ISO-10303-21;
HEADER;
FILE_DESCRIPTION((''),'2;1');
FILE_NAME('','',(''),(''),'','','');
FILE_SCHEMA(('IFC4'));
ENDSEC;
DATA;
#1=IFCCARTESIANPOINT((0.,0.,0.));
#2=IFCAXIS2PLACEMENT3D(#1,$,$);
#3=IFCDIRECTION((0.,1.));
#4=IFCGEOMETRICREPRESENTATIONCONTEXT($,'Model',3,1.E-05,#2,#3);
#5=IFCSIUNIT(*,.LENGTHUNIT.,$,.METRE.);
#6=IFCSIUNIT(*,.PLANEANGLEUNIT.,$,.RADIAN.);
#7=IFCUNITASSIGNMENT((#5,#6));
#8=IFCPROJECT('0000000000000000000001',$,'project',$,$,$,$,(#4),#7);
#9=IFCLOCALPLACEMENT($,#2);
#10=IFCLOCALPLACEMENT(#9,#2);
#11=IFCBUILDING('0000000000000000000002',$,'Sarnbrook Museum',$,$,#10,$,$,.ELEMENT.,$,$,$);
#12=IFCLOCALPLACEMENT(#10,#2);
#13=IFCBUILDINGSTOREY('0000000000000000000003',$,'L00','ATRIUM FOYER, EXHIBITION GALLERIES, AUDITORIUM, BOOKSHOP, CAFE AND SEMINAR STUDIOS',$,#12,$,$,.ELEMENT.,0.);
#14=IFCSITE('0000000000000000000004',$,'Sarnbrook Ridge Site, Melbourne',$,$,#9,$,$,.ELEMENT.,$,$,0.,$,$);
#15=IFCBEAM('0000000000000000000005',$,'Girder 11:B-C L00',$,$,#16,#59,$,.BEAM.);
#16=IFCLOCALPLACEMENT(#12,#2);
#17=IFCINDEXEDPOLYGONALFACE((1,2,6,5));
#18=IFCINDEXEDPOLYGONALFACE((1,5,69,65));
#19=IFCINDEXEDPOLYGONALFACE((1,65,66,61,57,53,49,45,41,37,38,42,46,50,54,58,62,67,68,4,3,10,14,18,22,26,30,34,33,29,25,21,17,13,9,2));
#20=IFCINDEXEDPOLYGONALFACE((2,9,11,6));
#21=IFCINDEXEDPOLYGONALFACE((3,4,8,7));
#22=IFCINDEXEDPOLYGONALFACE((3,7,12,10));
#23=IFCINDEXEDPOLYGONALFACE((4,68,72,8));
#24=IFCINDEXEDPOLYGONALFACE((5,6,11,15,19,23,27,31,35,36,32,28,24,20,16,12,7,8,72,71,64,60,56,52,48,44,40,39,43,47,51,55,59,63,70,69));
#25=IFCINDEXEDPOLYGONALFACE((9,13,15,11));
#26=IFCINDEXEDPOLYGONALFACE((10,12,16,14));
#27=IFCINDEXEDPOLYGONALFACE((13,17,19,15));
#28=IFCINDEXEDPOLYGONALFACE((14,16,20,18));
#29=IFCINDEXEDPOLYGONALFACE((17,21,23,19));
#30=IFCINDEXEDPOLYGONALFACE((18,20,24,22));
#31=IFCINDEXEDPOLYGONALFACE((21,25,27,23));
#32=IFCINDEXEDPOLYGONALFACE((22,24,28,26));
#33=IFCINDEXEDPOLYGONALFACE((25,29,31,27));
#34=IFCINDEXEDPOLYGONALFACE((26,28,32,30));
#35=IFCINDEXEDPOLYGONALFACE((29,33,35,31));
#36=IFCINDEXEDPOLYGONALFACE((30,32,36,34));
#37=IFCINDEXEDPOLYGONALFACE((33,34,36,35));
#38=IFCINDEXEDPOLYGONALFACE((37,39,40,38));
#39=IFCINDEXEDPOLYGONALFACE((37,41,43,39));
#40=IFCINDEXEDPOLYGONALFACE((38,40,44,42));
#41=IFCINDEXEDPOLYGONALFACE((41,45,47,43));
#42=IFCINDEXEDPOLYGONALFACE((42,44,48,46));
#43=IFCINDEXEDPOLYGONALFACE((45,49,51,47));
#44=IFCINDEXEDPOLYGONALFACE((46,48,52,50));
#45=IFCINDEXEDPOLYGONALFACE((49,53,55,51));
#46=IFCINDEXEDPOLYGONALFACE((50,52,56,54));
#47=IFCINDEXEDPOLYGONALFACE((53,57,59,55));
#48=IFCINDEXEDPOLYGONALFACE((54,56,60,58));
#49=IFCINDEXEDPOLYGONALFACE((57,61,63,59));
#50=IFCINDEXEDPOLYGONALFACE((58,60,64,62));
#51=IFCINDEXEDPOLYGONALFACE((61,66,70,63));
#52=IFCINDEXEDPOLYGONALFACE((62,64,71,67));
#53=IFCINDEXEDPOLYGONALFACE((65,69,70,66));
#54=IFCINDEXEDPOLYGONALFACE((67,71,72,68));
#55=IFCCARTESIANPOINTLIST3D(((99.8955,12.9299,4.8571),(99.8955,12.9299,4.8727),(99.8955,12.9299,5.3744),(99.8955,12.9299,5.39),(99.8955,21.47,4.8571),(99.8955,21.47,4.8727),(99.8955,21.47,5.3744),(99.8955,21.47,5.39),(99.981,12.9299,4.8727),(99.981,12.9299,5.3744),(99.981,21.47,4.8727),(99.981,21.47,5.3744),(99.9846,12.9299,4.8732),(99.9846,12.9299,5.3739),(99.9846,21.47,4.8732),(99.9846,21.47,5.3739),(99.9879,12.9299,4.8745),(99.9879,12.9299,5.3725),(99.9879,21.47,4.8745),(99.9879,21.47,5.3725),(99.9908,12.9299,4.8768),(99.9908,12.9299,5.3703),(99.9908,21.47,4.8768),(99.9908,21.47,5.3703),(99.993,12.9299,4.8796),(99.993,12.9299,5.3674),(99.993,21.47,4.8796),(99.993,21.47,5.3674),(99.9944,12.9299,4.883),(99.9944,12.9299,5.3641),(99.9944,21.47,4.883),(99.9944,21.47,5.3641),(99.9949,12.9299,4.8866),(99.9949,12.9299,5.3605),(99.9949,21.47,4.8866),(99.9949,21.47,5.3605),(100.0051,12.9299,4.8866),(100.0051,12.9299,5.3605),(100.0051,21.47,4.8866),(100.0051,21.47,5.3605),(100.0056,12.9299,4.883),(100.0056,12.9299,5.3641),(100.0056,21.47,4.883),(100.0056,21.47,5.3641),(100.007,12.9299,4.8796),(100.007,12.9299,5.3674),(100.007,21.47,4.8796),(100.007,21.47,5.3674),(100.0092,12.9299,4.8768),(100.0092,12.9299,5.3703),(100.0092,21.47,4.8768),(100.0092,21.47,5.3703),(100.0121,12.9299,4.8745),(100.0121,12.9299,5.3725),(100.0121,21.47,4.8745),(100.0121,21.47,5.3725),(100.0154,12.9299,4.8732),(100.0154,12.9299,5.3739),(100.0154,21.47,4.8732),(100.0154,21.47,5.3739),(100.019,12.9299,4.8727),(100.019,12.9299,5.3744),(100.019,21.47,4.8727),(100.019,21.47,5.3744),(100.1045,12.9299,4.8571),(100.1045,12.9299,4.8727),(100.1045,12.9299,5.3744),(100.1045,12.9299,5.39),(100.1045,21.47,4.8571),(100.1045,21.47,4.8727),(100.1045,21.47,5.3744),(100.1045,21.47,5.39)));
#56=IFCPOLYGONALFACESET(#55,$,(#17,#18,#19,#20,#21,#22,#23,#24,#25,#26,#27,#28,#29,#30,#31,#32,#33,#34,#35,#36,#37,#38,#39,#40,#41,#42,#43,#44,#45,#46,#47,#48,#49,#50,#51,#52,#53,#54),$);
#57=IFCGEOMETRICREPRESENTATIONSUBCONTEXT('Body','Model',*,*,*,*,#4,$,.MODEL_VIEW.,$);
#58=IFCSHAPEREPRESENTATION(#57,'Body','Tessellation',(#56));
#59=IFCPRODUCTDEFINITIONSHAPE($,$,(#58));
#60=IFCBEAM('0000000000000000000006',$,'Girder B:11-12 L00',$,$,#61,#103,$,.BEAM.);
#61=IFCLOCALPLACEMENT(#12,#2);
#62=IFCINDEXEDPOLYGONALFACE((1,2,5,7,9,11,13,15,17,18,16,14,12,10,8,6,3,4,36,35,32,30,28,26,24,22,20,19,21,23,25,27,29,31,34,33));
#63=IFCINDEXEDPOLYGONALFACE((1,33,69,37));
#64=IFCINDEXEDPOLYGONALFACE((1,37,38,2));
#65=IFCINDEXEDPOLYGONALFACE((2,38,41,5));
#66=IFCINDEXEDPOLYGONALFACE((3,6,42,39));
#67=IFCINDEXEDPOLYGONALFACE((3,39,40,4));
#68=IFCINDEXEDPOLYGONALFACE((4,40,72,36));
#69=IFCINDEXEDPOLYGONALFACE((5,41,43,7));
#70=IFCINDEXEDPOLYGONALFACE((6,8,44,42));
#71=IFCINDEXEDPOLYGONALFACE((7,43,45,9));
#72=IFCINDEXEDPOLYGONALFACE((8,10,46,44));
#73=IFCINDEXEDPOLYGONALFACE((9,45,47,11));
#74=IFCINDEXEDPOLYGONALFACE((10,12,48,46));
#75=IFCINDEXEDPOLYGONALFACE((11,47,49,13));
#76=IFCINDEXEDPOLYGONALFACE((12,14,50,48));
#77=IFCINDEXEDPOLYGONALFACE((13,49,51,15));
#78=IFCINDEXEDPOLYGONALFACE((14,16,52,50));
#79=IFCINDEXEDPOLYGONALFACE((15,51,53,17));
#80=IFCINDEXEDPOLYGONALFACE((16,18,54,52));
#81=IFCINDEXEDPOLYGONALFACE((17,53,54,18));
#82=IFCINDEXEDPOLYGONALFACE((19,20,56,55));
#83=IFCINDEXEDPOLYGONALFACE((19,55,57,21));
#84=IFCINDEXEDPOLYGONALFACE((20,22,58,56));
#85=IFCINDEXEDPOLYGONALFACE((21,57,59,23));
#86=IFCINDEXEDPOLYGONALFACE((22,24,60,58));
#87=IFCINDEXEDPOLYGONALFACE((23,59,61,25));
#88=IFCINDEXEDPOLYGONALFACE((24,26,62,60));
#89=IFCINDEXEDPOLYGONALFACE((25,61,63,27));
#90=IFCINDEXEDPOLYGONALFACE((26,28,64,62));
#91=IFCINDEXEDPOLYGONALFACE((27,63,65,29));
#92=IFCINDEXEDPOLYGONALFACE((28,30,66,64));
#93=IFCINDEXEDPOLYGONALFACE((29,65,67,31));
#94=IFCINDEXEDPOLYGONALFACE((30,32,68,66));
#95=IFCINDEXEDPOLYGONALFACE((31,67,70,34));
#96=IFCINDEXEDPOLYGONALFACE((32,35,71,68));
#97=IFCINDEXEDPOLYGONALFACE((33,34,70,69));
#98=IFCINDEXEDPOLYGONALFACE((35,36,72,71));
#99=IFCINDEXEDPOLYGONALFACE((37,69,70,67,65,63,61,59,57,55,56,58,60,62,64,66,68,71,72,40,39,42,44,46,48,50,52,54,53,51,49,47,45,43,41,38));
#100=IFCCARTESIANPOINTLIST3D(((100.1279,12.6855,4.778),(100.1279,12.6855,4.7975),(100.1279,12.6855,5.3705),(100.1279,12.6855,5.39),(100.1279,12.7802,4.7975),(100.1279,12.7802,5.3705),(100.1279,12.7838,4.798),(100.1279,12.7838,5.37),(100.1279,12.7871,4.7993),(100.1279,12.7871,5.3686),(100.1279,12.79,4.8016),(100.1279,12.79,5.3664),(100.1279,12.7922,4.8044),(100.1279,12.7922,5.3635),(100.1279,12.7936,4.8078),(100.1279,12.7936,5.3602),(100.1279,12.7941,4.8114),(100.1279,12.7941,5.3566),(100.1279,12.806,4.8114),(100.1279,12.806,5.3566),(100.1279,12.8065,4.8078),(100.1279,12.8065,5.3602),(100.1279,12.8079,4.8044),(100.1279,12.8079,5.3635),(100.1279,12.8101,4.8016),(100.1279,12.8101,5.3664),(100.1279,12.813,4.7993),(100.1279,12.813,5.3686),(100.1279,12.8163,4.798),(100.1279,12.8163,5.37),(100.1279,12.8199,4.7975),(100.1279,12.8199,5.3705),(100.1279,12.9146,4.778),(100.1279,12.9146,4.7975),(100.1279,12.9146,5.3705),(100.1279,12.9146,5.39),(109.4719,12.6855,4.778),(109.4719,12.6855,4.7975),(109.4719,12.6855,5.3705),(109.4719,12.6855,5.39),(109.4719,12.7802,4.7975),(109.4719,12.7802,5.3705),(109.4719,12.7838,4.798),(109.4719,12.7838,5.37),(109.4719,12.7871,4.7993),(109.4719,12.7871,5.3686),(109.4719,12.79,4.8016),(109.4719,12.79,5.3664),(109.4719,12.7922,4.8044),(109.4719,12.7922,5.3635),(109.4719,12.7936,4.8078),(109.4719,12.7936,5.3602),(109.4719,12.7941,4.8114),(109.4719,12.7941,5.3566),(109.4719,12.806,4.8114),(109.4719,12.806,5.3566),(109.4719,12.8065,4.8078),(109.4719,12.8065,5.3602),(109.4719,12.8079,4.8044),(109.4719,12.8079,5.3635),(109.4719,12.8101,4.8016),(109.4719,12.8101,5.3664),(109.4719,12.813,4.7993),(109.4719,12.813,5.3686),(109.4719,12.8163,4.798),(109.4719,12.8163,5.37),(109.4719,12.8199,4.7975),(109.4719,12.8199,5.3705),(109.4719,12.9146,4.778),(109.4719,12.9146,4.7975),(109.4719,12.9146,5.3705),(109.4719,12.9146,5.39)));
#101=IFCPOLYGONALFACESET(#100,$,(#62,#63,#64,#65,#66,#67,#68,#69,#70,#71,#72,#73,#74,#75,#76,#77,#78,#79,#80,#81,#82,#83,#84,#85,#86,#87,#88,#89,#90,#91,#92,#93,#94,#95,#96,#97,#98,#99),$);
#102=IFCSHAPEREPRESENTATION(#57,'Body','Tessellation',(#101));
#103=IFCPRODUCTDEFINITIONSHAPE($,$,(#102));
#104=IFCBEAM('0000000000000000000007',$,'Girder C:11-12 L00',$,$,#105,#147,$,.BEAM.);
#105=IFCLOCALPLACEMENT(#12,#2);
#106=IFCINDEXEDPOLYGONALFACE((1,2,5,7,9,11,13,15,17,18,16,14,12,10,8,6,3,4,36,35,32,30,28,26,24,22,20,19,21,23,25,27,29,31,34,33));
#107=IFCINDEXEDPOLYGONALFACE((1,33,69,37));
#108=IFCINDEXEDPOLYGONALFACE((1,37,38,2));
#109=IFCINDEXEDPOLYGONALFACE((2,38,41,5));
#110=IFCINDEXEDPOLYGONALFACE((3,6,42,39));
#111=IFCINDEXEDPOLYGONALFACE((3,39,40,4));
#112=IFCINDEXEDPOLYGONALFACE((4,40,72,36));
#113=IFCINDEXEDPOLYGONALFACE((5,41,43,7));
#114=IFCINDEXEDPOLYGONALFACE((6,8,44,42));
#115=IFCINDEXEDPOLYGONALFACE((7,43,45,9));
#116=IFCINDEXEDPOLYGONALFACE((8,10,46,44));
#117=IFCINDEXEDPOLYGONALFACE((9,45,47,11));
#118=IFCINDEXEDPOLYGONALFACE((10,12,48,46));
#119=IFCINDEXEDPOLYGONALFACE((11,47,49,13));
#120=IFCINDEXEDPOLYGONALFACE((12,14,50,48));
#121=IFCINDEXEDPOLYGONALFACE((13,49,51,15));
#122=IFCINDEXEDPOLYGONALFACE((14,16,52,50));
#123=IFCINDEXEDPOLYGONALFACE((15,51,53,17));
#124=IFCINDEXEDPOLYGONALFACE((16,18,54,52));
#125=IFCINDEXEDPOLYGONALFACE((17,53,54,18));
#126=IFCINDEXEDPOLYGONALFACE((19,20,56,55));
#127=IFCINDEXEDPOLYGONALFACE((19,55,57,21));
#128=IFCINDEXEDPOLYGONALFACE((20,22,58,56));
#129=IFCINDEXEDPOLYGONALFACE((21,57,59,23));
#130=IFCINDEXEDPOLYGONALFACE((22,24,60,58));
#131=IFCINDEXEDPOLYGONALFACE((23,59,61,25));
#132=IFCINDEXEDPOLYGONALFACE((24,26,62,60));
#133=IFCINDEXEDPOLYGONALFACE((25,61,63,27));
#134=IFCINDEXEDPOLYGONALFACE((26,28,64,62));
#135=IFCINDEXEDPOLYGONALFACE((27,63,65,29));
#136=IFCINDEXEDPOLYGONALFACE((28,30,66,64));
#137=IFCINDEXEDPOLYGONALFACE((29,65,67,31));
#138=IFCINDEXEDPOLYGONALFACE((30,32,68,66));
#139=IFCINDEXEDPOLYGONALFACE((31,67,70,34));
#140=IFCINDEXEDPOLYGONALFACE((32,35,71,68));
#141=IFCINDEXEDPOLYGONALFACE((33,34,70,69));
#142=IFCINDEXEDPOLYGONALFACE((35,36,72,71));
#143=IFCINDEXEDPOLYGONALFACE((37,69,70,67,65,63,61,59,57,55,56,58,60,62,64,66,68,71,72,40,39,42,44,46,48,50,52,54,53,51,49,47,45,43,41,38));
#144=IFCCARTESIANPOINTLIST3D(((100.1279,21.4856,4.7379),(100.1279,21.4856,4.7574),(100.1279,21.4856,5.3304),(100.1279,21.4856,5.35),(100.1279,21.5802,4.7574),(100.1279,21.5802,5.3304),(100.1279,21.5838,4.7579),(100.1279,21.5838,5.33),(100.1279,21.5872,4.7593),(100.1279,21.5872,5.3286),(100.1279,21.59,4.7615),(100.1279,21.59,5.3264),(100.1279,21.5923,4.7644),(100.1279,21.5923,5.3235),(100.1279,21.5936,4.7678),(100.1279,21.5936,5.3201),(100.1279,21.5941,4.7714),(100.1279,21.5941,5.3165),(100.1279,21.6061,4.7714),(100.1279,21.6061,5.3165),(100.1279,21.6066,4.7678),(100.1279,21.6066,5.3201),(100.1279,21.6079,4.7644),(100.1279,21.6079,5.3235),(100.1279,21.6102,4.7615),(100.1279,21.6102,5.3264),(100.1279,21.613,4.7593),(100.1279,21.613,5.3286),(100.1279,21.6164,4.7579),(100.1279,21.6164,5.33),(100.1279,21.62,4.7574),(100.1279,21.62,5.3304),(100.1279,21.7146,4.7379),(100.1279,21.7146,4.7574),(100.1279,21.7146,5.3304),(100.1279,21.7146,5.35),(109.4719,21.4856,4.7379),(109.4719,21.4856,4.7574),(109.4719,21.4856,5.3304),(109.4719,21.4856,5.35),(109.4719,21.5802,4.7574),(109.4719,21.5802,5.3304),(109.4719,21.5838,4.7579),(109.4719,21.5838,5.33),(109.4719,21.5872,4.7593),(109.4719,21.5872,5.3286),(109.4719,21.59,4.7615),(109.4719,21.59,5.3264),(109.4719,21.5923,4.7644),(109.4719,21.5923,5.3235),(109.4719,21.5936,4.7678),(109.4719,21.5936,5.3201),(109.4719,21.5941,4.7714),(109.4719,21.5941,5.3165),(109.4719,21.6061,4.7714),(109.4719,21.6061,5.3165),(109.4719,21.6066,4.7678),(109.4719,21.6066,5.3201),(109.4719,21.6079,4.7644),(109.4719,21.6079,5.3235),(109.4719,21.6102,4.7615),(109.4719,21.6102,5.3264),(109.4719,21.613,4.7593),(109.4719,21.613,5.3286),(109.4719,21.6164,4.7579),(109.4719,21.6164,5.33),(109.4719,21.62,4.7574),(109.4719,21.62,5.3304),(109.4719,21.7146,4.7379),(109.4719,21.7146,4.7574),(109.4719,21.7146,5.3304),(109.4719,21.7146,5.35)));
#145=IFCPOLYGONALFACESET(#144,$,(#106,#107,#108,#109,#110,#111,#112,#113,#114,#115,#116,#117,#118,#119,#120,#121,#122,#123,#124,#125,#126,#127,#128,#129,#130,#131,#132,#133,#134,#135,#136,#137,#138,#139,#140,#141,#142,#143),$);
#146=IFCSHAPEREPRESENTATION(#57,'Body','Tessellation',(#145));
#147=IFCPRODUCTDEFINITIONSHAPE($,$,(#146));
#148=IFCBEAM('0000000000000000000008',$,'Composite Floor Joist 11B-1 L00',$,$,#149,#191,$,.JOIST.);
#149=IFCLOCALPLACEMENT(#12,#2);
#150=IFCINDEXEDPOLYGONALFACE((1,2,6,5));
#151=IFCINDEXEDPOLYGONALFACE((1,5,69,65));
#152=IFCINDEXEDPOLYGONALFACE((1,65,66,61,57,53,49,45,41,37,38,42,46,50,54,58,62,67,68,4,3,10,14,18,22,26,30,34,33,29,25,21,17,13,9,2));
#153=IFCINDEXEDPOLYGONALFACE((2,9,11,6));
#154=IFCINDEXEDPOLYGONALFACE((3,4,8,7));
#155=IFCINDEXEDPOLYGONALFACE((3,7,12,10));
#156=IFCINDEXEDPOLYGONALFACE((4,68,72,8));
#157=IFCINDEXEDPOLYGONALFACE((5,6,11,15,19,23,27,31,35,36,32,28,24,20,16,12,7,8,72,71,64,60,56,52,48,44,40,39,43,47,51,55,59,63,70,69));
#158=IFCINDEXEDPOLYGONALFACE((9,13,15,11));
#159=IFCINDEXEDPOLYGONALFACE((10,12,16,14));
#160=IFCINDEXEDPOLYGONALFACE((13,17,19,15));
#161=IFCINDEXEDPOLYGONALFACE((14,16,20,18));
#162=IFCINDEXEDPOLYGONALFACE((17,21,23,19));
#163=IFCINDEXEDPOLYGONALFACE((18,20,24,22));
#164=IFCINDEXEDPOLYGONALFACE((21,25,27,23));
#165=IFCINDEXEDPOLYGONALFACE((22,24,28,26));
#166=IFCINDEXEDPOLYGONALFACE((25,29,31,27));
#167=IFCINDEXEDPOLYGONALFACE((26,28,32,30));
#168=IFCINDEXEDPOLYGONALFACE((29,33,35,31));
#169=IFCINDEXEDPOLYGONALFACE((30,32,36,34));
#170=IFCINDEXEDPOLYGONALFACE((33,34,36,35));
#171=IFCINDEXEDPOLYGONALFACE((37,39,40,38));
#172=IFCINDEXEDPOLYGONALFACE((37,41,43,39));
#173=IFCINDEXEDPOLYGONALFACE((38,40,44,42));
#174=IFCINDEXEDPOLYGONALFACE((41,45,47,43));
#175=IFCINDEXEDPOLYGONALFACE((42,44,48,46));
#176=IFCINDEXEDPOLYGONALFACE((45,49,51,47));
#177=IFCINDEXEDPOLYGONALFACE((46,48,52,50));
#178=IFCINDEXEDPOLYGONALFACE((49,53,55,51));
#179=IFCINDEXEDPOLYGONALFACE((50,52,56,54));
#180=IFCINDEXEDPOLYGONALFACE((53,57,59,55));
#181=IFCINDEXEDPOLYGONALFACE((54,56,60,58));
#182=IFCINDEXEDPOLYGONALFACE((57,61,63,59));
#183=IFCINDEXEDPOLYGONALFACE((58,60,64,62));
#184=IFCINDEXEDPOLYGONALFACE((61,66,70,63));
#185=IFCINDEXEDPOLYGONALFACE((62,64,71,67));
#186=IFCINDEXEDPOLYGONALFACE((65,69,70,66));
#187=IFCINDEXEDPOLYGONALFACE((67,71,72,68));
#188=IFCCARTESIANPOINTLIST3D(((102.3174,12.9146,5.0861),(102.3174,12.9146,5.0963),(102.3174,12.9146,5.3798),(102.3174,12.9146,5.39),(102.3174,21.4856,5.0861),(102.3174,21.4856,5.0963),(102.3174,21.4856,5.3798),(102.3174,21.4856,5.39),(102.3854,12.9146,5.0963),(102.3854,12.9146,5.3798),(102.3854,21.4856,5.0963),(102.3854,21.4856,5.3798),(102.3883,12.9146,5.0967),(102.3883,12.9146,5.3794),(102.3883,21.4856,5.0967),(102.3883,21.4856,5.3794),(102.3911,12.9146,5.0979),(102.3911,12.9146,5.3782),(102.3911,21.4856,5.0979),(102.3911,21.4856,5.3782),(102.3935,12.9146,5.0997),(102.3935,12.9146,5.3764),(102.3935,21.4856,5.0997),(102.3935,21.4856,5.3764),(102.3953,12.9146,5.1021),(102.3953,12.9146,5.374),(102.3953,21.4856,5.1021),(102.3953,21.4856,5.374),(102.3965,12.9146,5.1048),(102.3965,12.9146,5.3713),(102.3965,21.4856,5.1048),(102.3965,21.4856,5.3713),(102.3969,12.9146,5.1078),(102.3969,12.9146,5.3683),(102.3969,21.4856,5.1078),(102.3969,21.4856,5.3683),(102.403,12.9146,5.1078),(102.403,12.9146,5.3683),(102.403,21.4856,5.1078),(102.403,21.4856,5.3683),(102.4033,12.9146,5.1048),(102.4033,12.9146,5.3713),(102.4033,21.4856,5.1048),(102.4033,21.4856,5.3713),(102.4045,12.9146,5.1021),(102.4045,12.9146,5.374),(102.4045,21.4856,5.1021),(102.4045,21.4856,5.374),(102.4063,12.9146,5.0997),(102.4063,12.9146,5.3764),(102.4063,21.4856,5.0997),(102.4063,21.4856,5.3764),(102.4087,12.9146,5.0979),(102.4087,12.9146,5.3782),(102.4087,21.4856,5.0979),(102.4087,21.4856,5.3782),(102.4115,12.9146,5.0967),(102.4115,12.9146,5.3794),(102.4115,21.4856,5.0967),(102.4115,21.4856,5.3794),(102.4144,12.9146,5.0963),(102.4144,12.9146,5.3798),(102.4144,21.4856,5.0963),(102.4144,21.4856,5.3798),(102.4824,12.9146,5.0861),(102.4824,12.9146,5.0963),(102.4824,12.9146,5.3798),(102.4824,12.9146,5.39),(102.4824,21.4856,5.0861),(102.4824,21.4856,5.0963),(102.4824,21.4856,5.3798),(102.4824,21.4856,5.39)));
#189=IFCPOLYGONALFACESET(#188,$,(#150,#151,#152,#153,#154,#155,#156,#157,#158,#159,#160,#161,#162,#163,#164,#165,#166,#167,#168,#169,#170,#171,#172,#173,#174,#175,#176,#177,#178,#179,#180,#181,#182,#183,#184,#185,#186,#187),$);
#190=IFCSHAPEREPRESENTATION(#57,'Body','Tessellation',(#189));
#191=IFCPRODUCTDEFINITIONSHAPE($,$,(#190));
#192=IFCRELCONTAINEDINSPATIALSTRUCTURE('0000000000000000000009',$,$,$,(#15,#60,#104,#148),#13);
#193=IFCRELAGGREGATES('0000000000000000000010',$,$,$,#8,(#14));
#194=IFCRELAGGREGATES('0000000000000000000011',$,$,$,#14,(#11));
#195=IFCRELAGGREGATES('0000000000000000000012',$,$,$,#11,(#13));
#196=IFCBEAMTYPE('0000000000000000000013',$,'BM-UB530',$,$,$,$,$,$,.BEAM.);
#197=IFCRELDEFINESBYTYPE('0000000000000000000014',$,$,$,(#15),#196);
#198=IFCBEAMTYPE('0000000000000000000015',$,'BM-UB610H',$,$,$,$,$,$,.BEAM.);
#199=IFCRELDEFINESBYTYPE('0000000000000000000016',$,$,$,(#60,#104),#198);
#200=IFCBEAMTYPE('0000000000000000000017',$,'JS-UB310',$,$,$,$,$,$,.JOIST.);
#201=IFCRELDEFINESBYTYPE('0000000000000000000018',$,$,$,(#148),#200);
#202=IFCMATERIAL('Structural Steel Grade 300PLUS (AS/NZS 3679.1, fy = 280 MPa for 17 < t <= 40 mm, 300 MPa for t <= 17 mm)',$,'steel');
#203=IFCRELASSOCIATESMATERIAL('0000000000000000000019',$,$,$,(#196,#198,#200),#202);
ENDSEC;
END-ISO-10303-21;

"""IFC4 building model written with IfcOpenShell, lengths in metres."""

from ifc_helpers import new_model, si_unit, direction, frame, origin, origin_2d, place, context, subcontext, project, spatial, i_section, extrude, material, material_profile, profile_set, type_object, element, save


model = new_model("IFC4")

# Units and contexts
model_context = context("Model", 3, precision=1e-05, world=origin(), true_north=direction((0.0, 1.0)))
body_context = subcontext(model_context, "Body", "Model", "MODEL_VIEW")
ifc_project = project(units=[si_unit("LENGTHUNIT", "METRE"), si_unit("PLANEANGLEUNIT", "RADIAN")], contexts=[model_context])

# Site, building, storey
site_placement = place(None, origin())
site = spatial("IfcSite", under=ifc_project, at=site_placement, Name="Sarnbrook Ridge Site, Melbourne", CompositionType="ELEMENT", RefElevation=0.0)
building_placement = place(site_placement, origin())
building = spatial("IfcBuilding", under=site, at=building_placement, Name="Sarnbrook Museum", CompositionType="ELEMENT")
storey_placement = place(building_placement, origin())
storey = spatial("IfcBuildingStorey", under=building, at=storey_placement, Name="L00", Description="ATRIUM FOYER, EXHIBITION GALLERIES, AUDITORIUM, BOOKSHOP, CAFE AND SEMINAR STUDIOS", CompositionType="ELEMENT", Elevation=0.0)

# Shared definitions
ifc_material_1 = material(Name="Structural Steel Grade 300PLUS (AS/NZS 3679.1, fy = 280 MPa for 17 < t <= 40 mm, 300 MPa for t <= 17 mm)", Category="steel")

# Beams
ifc_material_profile_1 = material_profile(ifc_material_1, i_section(OverallWidth=0.209, OverallDepth=0.533, WebThickness=0.0103, FlangeThickness=0.0156, FilletRadius=0.0139, at=origin_2d()), Name="530UB92.4")
ifc_profile_set_1 = profile_set([ifc_material_profile_1], Name="Structural Steel Grade 300PLUS (AS/NZS 3679.1, fy = 280 MPa for 17 < t <= 40 mm, 300 MPa for t <= 17 mm)")
beam_type_1 = type_object("IfcBeamType", Name="BM-UB530", PredefinedType="BEAM", material=ifc_profile_set_1)
beam_1_placement = place(storey_placement, frame((100.0, 12.9299, 5.1235), z_axis=(0.0, 1.0, 0.0), x_axis=(-1.0, 0.0, 0.0)))
element("IfcBeam", 1, at=beam_1_placement, inside=storey, type_object=beam_type_1, Name="Girder 11:B-C L00", PredefinedType="BEAM", context=body_context, shape_type="SweptSolid", body=[
    extrude(i_section(OverallWidth=0.209, OverallDepth=0.533, WebThickness=0.0103, FlangeThickness=0.0156, FilletRadius=0.0139, at=origin_2d()), origin(), (0.0, 0.0, 1.0), 8.54),
])
ifc_material_profile_2 = material_profile(ifc_material_1, i_section(OverallWidth=0.229, OverallDepth=0.6121, WebThickness=0.012, FlangeThickness=0.0195, FilletRadius=0.0139, at=origin_2d()), Name="610UB125")
ifc_profile_set_2 = profile_set([ifc_material_profile_2], Name="Structural Steel Grade 300PLUS (AS/NZS 3679.1, fy = 280 MPa for 17 < t <= 40 mm, 300 MPa for t <= 17 mm)")
beam_type_2 = type_object("IfcBeamType", Name="BM-UB610H", PredefinedType="BEAM", material=ifc_profile_set_2)
for number, where, z_axis, x_axis, name in (
    (2, (100.1279, 12.8, 5.084), (1.0, 0.0, 0.0), (0.0, 1.0, 0.0), "Girder B:11-12 L00"),
    (3, (100.1279, 21.6001, 5.0439), (1.0, 0.0, 0.0), (0.0, 1.0, 0.0), "Girder C:11-12 L00"),
):
    element("IfcBeam", number, at=place(storey_placement, frame(where, z_axis=z_axis, x_axis=x_axis)), inside=storey, type_object=beam_type_2, Name=name, PredefinedType="BEAM", context=body_context, shape_type="SweptSolid", body=[
        extrude(i_section(OverallWidth=0.229, OverallDepth=0.6121, WebThickness=0.012, FlangeThickness=0.0195, FilletRadius=0.0139, at=origin_2d()), origin(), (0.0, 0.0, 1.0), 9.344),
    ])
ifc_material_profile_3 = material_profile(ifc_material_1, i_section(OverallWidth=0.165, OverallDepth=0.304, WebThickness=0.0061, FlangeThickness=0.0103, FilletRadius=0.0115, at=origin_2d()), Name="310UB40.4")
ifc_profile_set_3 = profile_set([ifc_material_profile_3], Name="Structural Steel Grade 300PLUS (AS/NZS 3679.1, fy = 280 MPa for 17 < t <= 40 mm, 300 MPa for t <= 17 mm)")
beam_type_3 = type_object("IfcBeamType", Name="JS-UB310", PredefinedType="JOIST", material=ifc_profile_set_3)
for number, where, z_axis, x_axis, name in (
    (4, (102.3999, 12.9146, 5.238), (0.0, 1.0, 0.0), (-1.0, 0.0, 0.0), "Composite Floor Joist 11B-1 L00"),
):
    element("IfcBeam", number, at=place(storey_placement, frame(where, z_axis=z_axis, x_axis=x_axis)), inside=storey, type_object=beam_type_3, Name=name, PredefinedType="JOIST", context=body_context, shape_type="SweptSolid", body=[
        extrude(i_section(OverallWidth=0.165, OverallDepth=0.304, WebThickness=0.0061, FlangeThickness=0.0103, FilletRadius=0.0115, at=origin_2d()), origin(), (0.0, 0.0, 1.0), 8.571),
    ])

save(model, "model.ifc")
